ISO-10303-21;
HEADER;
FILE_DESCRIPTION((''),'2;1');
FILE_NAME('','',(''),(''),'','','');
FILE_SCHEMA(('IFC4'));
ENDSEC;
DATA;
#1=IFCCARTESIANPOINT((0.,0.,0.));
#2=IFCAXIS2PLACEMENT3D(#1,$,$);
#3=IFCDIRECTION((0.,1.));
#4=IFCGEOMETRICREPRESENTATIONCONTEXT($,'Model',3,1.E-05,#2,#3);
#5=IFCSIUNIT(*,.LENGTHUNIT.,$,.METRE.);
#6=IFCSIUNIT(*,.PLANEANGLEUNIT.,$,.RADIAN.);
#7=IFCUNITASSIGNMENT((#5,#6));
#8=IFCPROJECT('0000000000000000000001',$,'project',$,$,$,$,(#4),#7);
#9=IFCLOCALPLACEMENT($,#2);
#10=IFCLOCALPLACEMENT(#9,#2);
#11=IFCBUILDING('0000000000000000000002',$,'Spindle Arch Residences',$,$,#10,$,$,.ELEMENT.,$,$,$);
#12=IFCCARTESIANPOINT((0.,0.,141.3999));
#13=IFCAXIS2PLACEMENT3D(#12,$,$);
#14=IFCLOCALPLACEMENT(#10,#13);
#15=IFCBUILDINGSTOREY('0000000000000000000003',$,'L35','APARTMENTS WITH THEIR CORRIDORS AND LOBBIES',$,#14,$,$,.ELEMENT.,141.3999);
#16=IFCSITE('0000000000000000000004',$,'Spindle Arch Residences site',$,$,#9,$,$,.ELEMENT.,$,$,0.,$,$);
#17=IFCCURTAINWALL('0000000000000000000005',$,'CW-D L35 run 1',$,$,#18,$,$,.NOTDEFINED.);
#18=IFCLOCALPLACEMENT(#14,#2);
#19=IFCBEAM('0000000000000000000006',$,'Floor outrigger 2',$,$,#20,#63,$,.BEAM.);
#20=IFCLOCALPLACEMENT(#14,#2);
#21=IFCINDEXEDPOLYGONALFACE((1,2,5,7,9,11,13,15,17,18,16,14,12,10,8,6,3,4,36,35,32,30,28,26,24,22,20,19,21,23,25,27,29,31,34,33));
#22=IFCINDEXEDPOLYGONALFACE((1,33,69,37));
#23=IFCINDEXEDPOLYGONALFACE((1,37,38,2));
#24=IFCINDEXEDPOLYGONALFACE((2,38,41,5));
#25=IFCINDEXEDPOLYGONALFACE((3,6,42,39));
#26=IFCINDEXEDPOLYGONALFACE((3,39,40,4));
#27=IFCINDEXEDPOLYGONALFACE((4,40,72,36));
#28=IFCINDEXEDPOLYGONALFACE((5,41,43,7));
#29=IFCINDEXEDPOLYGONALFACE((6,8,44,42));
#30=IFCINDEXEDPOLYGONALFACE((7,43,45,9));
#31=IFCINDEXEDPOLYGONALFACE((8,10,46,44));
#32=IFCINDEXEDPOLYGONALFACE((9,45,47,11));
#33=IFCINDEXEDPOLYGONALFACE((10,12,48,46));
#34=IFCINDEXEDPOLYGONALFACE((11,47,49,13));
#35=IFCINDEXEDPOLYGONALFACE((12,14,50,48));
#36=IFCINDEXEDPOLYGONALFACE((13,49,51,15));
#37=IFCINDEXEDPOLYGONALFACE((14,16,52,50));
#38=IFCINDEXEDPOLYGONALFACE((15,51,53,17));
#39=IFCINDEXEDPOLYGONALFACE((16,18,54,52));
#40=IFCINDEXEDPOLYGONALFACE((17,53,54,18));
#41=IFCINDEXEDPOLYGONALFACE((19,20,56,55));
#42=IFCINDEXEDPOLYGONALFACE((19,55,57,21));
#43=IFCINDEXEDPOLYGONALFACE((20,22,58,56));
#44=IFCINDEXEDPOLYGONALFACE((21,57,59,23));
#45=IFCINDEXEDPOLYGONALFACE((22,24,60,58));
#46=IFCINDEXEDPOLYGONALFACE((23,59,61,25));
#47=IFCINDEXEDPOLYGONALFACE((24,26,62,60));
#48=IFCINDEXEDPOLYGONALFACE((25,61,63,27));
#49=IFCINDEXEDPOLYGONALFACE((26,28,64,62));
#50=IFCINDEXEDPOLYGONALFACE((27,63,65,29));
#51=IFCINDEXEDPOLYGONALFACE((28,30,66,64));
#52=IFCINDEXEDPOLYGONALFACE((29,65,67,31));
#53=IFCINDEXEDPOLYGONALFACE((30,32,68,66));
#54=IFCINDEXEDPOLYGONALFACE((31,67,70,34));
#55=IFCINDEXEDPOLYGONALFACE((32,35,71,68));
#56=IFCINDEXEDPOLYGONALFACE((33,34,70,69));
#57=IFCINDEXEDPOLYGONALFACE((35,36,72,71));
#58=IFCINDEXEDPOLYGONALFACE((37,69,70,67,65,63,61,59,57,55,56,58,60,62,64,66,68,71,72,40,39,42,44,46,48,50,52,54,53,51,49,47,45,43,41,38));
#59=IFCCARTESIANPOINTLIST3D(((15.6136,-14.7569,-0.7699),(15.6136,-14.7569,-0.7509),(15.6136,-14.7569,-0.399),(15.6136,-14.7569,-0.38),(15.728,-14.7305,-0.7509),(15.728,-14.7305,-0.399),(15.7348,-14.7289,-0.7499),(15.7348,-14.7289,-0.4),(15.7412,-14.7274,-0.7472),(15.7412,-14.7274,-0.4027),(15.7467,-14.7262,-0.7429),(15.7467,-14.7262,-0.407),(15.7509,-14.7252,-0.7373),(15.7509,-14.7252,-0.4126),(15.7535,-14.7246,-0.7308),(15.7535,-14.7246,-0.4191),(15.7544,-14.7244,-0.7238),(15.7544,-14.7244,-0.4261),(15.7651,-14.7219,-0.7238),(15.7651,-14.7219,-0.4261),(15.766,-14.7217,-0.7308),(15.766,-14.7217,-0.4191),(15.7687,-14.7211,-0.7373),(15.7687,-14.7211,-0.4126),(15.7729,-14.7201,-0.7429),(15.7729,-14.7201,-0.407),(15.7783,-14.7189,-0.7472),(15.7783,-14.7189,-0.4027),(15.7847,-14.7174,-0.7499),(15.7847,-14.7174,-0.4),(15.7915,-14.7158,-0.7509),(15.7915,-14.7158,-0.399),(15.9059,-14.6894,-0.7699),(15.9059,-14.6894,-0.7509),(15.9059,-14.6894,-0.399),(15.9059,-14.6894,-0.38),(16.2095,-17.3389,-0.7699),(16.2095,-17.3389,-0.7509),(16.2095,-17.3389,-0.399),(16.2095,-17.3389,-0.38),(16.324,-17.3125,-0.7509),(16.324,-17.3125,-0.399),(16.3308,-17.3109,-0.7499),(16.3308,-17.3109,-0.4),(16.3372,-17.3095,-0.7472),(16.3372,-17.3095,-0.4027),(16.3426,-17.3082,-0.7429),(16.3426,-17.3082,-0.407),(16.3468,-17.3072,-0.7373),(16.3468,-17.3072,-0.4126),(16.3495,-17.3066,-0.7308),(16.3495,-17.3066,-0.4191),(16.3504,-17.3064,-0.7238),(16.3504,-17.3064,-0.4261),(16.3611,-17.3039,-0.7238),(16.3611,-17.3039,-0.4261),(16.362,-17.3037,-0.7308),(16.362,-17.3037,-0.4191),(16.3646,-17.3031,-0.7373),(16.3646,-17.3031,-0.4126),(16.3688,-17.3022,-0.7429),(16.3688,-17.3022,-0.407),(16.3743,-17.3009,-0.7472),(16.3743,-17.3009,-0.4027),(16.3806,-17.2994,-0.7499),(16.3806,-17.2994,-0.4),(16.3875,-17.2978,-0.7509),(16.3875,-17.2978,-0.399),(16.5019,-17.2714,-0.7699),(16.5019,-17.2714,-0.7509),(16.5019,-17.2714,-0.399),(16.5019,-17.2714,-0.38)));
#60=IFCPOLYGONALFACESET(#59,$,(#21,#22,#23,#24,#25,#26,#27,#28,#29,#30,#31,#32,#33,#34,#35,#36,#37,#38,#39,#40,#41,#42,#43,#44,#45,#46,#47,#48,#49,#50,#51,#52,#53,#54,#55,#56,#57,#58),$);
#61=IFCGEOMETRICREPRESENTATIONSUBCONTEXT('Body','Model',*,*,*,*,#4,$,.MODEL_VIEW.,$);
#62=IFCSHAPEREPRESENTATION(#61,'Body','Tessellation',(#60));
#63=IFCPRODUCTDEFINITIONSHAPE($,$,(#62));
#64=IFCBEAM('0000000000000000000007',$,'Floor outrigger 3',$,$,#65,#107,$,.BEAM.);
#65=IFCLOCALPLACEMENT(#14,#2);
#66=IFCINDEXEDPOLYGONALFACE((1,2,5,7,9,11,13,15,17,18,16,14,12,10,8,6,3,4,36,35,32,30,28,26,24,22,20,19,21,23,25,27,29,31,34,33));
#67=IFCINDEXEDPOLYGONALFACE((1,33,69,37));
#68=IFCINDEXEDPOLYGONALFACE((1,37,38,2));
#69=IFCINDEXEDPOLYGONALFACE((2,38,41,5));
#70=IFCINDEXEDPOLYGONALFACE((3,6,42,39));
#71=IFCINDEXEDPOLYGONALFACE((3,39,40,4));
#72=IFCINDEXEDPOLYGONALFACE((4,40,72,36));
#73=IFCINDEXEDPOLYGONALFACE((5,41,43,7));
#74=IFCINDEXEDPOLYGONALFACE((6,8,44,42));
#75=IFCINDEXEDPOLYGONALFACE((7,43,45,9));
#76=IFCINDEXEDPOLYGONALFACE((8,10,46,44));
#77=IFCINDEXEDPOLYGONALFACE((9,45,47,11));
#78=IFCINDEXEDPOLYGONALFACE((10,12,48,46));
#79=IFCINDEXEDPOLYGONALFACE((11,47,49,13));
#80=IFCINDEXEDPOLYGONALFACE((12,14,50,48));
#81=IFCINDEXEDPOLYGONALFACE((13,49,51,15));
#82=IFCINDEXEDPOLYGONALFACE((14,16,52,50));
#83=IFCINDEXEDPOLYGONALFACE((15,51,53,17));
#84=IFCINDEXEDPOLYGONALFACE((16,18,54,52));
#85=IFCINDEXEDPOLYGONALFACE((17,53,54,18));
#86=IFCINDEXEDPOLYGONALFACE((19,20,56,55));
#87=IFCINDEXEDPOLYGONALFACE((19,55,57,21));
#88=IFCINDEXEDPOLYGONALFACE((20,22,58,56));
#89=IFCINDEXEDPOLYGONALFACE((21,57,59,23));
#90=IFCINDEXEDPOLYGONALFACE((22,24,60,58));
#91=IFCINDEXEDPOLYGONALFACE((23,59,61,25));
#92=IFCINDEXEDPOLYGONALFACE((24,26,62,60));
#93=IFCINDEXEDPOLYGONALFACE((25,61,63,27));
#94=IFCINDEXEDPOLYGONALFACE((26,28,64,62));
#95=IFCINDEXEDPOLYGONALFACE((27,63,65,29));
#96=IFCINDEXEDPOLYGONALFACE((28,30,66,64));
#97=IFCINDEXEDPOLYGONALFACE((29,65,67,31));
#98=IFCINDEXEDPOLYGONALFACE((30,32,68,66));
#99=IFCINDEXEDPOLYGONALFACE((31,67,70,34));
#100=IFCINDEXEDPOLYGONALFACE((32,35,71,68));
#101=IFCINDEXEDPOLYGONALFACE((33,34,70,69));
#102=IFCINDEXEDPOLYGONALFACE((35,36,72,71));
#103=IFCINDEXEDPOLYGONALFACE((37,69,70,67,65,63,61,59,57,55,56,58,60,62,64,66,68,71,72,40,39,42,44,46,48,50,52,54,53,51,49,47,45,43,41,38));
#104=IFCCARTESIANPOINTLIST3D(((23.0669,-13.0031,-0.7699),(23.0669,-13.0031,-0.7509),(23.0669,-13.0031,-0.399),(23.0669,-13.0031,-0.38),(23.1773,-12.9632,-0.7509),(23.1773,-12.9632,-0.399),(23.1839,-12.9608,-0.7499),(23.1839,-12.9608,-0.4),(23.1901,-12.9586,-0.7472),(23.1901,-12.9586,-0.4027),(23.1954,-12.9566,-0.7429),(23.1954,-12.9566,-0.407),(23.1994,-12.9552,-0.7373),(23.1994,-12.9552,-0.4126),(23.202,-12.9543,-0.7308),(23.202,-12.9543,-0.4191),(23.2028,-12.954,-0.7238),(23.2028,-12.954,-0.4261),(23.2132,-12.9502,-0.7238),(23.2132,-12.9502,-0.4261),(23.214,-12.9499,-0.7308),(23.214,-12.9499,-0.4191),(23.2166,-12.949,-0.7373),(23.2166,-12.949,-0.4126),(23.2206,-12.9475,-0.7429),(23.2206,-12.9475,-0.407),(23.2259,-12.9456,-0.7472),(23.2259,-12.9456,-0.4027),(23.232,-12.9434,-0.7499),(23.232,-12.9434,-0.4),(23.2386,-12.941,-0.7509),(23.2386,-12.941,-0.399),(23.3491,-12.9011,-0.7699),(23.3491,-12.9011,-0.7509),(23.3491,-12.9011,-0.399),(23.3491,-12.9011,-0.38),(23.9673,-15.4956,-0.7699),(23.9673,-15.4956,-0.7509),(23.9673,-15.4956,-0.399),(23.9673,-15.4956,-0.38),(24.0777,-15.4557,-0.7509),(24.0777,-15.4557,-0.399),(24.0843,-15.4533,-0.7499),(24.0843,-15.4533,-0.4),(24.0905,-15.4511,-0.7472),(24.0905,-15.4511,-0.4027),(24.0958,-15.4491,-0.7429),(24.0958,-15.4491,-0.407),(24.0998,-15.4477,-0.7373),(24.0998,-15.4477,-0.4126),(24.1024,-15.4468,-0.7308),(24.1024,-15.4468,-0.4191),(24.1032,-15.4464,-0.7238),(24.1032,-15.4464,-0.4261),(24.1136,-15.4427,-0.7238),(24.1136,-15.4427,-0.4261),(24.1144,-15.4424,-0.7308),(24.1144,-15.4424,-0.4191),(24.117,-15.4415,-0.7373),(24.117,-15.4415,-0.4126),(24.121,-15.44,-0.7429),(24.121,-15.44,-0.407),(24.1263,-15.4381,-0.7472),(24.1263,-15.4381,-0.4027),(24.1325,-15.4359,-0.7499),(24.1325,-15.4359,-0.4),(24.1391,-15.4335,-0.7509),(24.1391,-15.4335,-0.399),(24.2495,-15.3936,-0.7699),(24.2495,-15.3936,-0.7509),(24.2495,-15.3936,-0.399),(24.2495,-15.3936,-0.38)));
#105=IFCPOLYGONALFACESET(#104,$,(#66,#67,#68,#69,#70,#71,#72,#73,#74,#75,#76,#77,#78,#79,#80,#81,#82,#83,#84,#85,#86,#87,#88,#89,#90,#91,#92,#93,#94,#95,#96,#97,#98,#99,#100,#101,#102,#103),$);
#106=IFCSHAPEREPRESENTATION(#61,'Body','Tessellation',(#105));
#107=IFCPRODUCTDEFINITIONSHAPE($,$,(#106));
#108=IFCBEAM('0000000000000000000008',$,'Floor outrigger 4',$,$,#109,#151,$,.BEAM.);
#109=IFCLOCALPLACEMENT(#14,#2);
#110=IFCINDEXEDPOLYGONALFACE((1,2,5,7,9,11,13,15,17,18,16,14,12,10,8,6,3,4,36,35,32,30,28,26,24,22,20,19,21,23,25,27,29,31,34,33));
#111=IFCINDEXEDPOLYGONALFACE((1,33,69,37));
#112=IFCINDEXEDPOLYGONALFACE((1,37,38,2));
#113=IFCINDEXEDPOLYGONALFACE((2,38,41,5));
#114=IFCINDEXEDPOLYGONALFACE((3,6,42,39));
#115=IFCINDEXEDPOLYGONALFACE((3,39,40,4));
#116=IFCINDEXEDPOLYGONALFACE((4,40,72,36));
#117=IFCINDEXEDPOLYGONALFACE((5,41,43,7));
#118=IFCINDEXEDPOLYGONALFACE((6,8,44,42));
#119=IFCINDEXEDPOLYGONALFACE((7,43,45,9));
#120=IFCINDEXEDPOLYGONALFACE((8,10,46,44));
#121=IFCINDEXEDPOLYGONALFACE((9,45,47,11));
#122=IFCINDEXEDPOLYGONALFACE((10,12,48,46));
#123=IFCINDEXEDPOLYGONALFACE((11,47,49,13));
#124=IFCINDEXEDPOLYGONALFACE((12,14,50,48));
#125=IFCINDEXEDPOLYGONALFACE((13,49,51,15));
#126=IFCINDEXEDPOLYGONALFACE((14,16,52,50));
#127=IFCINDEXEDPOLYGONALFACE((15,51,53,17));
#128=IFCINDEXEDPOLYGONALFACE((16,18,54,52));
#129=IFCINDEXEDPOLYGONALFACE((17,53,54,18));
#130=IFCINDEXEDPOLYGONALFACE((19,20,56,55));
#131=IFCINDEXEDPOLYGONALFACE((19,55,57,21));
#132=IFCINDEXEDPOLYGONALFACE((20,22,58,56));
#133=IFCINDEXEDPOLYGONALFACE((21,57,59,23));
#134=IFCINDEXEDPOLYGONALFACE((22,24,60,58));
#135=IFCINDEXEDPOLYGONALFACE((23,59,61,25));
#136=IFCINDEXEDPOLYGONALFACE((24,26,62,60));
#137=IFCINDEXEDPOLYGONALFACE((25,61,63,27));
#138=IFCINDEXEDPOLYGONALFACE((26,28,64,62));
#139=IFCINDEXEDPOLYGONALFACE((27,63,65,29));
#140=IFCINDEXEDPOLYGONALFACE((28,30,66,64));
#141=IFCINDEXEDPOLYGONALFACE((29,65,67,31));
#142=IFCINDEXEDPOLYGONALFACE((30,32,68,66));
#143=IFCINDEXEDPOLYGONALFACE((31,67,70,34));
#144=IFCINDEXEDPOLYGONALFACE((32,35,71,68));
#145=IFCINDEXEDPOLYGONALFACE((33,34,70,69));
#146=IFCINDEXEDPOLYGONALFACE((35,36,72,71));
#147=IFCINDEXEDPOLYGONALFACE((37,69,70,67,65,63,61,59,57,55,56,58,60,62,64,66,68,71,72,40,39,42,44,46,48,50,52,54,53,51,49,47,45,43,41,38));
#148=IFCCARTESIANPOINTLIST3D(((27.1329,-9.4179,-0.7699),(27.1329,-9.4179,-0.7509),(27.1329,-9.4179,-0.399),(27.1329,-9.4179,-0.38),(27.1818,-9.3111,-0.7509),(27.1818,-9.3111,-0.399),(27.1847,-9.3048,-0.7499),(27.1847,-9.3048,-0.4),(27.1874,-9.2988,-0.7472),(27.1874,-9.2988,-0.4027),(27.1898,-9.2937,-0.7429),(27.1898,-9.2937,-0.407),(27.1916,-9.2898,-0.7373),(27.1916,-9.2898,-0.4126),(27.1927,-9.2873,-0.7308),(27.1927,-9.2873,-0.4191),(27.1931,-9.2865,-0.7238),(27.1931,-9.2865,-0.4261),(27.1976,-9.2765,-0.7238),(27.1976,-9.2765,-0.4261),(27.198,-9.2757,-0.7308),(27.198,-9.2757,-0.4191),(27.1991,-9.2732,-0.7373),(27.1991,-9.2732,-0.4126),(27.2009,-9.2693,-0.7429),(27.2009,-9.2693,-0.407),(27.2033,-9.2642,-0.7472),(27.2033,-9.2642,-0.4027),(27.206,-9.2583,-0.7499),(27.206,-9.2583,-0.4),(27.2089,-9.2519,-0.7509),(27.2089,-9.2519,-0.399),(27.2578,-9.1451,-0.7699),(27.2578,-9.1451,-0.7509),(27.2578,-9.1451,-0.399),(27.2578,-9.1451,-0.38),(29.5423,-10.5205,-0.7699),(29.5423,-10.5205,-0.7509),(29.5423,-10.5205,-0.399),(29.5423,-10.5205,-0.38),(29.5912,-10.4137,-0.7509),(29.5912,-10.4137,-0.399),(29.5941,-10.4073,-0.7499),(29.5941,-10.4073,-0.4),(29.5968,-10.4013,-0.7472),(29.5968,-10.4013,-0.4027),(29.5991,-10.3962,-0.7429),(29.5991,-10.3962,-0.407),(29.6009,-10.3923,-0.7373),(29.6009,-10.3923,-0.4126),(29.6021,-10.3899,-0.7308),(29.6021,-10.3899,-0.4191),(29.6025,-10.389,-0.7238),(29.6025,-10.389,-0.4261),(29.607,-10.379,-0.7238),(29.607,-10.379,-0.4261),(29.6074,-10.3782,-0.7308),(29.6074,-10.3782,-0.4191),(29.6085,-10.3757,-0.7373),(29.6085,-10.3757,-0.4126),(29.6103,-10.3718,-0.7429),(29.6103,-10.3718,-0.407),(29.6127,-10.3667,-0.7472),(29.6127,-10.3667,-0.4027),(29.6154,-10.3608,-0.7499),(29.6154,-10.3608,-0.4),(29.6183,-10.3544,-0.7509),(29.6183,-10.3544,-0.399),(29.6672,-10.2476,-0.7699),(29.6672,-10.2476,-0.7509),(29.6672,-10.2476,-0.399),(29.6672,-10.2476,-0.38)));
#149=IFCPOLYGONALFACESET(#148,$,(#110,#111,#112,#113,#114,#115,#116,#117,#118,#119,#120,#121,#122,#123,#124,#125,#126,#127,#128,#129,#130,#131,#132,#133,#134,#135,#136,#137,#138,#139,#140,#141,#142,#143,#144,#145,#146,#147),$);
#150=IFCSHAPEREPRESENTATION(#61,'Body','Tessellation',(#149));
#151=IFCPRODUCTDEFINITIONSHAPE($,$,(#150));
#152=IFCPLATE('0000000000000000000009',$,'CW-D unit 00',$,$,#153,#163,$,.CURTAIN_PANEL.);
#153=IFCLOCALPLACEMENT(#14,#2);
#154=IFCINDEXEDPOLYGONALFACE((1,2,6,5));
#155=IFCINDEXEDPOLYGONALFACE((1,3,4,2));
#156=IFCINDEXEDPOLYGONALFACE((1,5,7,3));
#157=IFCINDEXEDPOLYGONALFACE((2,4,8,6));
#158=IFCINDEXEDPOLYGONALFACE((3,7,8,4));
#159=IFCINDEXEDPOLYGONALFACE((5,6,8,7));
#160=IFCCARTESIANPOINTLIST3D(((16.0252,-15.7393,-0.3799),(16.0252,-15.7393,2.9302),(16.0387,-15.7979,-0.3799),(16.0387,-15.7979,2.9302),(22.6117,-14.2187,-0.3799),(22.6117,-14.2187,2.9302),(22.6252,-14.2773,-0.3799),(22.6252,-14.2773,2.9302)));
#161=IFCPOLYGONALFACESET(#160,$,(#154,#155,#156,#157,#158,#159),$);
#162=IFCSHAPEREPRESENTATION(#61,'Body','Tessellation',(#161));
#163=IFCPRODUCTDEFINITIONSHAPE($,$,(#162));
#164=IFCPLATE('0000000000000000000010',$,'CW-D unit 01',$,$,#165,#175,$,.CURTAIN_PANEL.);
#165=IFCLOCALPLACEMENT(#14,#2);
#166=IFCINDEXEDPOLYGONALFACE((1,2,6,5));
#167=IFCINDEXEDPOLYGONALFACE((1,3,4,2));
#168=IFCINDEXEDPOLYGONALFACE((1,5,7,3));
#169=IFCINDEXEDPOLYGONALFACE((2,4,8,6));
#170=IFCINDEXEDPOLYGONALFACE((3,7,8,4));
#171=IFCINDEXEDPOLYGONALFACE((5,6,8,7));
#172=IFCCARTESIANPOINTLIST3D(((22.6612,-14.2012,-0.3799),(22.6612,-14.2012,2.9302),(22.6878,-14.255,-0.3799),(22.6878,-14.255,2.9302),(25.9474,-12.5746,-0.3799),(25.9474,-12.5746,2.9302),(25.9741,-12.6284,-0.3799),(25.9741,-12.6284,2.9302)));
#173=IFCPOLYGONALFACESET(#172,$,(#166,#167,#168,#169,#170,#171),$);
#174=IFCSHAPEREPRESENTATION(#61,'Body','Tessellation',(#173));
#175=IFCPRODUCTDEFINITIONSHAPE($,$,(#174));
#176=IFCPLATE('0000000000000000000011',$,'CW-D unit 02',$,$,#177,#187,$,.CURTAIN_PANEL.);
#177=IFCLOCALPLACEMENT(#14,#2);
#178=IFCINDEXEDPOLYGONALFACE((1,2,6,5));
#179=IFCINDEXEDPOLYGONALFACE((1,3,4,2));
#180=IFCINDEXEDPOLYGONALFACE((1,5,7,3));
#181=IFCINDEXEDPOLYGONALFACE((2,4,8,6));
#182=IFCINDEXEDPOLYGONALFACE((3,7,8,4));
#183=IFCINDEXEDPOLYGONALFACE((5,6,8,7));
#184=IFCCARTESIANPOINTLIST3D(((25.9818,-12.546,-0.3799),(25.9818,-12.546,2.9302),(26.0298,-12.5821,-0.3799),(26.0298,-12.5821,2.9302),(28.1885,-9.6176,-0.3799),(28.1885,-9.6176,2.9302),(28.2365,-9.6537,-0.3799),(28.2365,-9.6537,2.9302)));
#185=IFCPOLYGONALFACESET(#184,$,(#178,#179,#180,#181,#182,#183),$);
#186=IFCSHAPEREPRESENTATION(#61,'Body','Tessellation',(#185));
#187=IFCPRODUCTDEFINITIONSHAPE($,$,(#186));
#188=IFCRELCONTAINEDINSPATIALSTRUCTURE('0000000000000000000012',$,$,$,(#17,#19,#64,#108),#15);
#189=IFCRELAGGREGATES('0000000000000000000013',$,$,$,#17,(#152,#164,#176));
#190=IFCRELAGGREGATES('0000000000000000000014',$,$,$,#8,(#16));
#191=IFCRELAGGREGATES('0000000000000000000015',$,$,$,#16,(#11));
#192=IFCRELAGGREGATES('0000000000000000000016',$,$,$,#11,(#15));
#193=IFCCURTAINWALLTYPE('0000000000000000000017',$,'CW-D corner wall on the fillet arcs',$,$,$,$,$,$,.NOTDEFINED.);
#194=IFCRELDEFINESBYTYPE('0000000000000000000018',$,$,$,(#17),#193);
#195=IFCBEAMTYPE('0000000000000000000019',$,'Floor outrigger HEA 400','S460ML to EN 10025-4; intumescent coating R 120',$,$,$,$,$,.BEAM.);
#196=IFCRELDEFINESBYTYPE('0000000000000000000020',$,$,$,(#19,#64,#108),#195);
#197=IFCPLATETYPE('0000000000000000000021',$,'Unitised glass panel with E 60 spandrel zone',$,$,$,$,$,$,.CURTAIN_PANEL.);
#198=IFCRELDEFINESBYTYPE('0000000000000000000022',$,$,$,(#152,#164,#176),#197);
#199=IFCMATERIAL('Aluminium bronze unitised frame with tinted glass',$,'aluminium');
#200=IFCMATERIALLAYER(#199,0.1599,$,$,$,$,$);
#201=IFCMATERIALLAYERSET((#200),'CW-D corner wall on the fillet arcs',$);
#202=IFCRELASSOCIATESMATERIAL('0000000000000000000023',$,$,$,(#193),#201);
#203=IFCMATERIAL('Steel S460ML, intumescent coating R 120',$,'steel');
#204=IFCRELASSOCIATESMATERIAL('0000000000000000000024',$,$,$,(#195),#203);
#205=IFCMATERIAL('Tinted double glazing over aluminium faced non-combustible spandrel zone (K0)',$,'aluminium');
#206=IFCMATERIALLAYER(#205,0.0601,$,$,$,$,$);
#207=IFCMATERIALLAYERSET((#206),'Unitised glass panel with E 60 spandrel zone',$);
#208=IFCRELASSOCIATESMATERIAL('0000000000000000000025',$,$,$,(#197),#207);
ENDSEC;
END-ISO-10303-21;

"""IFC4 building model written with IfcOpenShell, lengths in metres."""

from ifc_helpers import new_model, si_unit, direction, frame, origin, origin_2d, place, context, subcontext, project, spatial, rectangle, i_section, extrude, material, layer, layer_set, material_profile, profile_set, type_object, element, aggregate, save


model = new_model("IFC4")

# Units and contexts
model_context = context("Model", 3, precision=1e-05, world=origin(), true_north=direction((0.0, 1.0)))
body_context = subcontext(model_context, "Body", "Model", "MODEL_VIEW")
ifc_project = project(units=[si_unit("LENGTHUNIT", "METRE"), si_unit("PLANEANGLEUNIT", "RADIAN")], contexts=[model_context])

# Site, building, storey
site_placement = place(None, origin())
site = spatial("IfcSite", under=ifc_project, at=site_placement, Name="Spindle Arch Residences site", CompositionType="ELEMENT", RefElevation=0.0)
building_placement = place(site_placement, origin())
building = spatial("IfcBuilding", under=site, at=building_placement, Name="Spindle Arch Residences", CompositionType="ELEMENT")
storey_placement = place(building_placement, frame((0.0, 0.0, 141.3999)))
storey = spatial("IfcBuildingStorey", under=building, at=storey_placement, Name="L35", Description="APARTMENTS WITH THEIR CORRIDORS AND LOBBIES", CompositionType="ELEMENT", Elevation=141.3999)

# Curtain wall
ifc_material_1 = material(Name="Aluminium bronze unitised frame with tinted glass", Category="aluminium")
ifc_layer_1 = layer(ifc_material_1, 0.1599)
ifc_layer_set_1 = layer_set([ifc_layer_1], Name="CW-D corner wall on the fillet arcs")
curtain_wall_type = type_object("IfcCurtainWallType", Name="CW-D corner wall on the fillet arcs", PredefinedType="NOTDEFINED", material=ifc_layer_set_1)
curtain_wall_placement = place(storey_placement, origin())
curtain_wall = element("IfcCurtainWall", 1, at=curtain_wall_placement, inside=storey, type_object=curtain_wall_type, Name="CW-D L35 run 1", PredefinedType="NOTDEFINED")

# Beams
ifc_material_2 = material(Name="Steel S460ML, intumescent coating R 120", Category="steel")
ifc_material_profile_1 = material_profile(ifc_material_2, i_section(OverallWidth=0.3, OverallDepth=0.3899, WebThickness=0.011, FlangeThickness=0.019, FilletRadius=0.0271, at=origin_2d()), Name="HEA 400")
ifc_profile_set_1 = profile_set([ifc_material_profile_1], Name="Steel S460ML, intumescent coating R 120")
beam_type_1 = type_object("IfcBeamType", Name="Floor outrigger HEA 400", Description="S460ML to EN 10025-4; intumescent coating R 120", PredefinedType="BEAM", material=ifc_profile_set_1)
beam_1_placement = place(storey_placement, frame((16.3557, -17.3052, -0.575), z_axis=(-0.224893, 0.974383, 0.0), x_axis=(-0.974383, -0.224893, 0.0)))
element("IfcBeam", 2, at=beam_1_placement, inside=storey, type_object=beam_type_1, Name="Floor outrigger 2", PredefinedType="BEAM", context=body_context, shape_type="SweptSolid", body=[
    extrude(i_section(OverallWidth=0.3, OverallDepth=0.3899, WebThickness=0.011, FlangeThickness=0.019, FilletRadius=0.0271, at=origin_2d()), origin(), (0.0, 0.0, 1.0), 2.6499),
])
beam_2_placement = place(storey_placement, frame((24.1084, -15.4446, -0.575), z_axis=(-0.33976, 0.940512, 0.0), x_axis=(-0.940512, -0.33976, 0.0)))
element("IfcBeam", 3, at=beam_2_placement, inside=storey, type_object=beam_type_1, Name="Floor outrigger 3", PredefinedType="BEAM", context=body_context, shape_type="SweptSolid", body=[
    extrude(i_section(OverallWidth=0.3, OverallDepth=0.3899, WebThickness=0.011, FlangeThickness=0.019, FilletRadius=0.0271, at=origin_2d()), origin(), (0.0, 0.0, 1.0), 2.6501),
])
beam_3_placement = place(storey_placement, frame((29.6047, -10.384, -0.575), z_axis=(-0.909319, 0.416099, 0.0), x_axis=(-0.416099, -0.909319, 0.0)))
element("IfcBeam", 4, at=beam_3_placement, inside=storey, type_object=beam_type_1, Name="Floor outrigger 4", PredefinedType="BEAM", context=body_context, shape_type="SweptSolid", body=[
    extrude(i_section(OverallWidth=0.3, OverallDepth=0.3899, WebThickness=0.011, FlangeThickness=0.019, FilletRadius=0.0271, at=origin_2d()), origin(), (0.0, 0.0, 1.0), 2.6497),
])

# Plates
ifc_material_3 = material(Name="Tinted double glazing over aluminium faced non-combustible spandrel zone (K0)", Category="aluminium")
ifc_layer_2 = layer(ifc_material_3, 0.0601)
ifc_layer_set_2 = layer_set([ifc_layer_2], Name="Unitised glass panel with E 60 spandrel zone")
plate_type = type_object("IfcPlateType", Name="Unitised glass panel with E 60 spandrel zone", PredefinedType="CURTAIN_PANEL", material=ifc_layer_set_2)
plate_1_placement = place(storey_placement, frame((19.3252, -15.0083, -0.3799), z_axis=(0.0, 0.0, 1.0), x_axis=(0.97437, 0.224951, 0.0)))
plate_1 = element("IfcPlate", 5, at=plate_1_placement, type_object=plate_type, Name="CW-D unit 00", PredefinedType="CURTAIN_PANEL", context=body_context, shape_type="SweptSolid", body=[
    extrude(rectangle(XDim=6.7598, YDim=0.0601, at=origin_2d()), origin(), (0.0, 0.0, 1.0), 3.3101),
])
plate_2_placement = place(storey_placement, frame((24.3176, -13.4148, -0.3799), z_axis=(0.0, 0.0, 1.0), x_axis=(0.896229, 0.443593, 0.0)))
plate_2 = element("IfcPlate", 6, at=plate_2_placement, type_object=plate_type, Name="CW-D unit 01", PredefinedType="CURTAIN_PANEL", context=body_context, shape_type="SweptSolid", body=[
    extrude(rectangle(XDim=3.6667, YDim=0.0601, at=origin_2d()), origin(), (0.0, 0.0, 1.0), 3.3101),
])
plate_3_placement = place(storey_placement, frame((27.1091, -11.0999, -0.3799), z_axis=(0.0, 0.0, 1.0), x_axis=(0.601815, 0.798636, 0.0)))
plate_3 = element("IfcPlate", 7, at=plate_3_placement, type_object=plate_type, Name="CW-D unit 02", PredefinedType="CURTAIN_PANEL", context=body_context, shape_type="SweptSolid", body=[
    extrude(rectangle(XDim=3.6667, YDim=0.0601, at=origin_2d()), origin(), (0.0, 0.0, 1.0), 3.3101),
])
aggregate(curtain_wall, [plate_1, plate_2, plate_3])

save(model, "model.ifc")
